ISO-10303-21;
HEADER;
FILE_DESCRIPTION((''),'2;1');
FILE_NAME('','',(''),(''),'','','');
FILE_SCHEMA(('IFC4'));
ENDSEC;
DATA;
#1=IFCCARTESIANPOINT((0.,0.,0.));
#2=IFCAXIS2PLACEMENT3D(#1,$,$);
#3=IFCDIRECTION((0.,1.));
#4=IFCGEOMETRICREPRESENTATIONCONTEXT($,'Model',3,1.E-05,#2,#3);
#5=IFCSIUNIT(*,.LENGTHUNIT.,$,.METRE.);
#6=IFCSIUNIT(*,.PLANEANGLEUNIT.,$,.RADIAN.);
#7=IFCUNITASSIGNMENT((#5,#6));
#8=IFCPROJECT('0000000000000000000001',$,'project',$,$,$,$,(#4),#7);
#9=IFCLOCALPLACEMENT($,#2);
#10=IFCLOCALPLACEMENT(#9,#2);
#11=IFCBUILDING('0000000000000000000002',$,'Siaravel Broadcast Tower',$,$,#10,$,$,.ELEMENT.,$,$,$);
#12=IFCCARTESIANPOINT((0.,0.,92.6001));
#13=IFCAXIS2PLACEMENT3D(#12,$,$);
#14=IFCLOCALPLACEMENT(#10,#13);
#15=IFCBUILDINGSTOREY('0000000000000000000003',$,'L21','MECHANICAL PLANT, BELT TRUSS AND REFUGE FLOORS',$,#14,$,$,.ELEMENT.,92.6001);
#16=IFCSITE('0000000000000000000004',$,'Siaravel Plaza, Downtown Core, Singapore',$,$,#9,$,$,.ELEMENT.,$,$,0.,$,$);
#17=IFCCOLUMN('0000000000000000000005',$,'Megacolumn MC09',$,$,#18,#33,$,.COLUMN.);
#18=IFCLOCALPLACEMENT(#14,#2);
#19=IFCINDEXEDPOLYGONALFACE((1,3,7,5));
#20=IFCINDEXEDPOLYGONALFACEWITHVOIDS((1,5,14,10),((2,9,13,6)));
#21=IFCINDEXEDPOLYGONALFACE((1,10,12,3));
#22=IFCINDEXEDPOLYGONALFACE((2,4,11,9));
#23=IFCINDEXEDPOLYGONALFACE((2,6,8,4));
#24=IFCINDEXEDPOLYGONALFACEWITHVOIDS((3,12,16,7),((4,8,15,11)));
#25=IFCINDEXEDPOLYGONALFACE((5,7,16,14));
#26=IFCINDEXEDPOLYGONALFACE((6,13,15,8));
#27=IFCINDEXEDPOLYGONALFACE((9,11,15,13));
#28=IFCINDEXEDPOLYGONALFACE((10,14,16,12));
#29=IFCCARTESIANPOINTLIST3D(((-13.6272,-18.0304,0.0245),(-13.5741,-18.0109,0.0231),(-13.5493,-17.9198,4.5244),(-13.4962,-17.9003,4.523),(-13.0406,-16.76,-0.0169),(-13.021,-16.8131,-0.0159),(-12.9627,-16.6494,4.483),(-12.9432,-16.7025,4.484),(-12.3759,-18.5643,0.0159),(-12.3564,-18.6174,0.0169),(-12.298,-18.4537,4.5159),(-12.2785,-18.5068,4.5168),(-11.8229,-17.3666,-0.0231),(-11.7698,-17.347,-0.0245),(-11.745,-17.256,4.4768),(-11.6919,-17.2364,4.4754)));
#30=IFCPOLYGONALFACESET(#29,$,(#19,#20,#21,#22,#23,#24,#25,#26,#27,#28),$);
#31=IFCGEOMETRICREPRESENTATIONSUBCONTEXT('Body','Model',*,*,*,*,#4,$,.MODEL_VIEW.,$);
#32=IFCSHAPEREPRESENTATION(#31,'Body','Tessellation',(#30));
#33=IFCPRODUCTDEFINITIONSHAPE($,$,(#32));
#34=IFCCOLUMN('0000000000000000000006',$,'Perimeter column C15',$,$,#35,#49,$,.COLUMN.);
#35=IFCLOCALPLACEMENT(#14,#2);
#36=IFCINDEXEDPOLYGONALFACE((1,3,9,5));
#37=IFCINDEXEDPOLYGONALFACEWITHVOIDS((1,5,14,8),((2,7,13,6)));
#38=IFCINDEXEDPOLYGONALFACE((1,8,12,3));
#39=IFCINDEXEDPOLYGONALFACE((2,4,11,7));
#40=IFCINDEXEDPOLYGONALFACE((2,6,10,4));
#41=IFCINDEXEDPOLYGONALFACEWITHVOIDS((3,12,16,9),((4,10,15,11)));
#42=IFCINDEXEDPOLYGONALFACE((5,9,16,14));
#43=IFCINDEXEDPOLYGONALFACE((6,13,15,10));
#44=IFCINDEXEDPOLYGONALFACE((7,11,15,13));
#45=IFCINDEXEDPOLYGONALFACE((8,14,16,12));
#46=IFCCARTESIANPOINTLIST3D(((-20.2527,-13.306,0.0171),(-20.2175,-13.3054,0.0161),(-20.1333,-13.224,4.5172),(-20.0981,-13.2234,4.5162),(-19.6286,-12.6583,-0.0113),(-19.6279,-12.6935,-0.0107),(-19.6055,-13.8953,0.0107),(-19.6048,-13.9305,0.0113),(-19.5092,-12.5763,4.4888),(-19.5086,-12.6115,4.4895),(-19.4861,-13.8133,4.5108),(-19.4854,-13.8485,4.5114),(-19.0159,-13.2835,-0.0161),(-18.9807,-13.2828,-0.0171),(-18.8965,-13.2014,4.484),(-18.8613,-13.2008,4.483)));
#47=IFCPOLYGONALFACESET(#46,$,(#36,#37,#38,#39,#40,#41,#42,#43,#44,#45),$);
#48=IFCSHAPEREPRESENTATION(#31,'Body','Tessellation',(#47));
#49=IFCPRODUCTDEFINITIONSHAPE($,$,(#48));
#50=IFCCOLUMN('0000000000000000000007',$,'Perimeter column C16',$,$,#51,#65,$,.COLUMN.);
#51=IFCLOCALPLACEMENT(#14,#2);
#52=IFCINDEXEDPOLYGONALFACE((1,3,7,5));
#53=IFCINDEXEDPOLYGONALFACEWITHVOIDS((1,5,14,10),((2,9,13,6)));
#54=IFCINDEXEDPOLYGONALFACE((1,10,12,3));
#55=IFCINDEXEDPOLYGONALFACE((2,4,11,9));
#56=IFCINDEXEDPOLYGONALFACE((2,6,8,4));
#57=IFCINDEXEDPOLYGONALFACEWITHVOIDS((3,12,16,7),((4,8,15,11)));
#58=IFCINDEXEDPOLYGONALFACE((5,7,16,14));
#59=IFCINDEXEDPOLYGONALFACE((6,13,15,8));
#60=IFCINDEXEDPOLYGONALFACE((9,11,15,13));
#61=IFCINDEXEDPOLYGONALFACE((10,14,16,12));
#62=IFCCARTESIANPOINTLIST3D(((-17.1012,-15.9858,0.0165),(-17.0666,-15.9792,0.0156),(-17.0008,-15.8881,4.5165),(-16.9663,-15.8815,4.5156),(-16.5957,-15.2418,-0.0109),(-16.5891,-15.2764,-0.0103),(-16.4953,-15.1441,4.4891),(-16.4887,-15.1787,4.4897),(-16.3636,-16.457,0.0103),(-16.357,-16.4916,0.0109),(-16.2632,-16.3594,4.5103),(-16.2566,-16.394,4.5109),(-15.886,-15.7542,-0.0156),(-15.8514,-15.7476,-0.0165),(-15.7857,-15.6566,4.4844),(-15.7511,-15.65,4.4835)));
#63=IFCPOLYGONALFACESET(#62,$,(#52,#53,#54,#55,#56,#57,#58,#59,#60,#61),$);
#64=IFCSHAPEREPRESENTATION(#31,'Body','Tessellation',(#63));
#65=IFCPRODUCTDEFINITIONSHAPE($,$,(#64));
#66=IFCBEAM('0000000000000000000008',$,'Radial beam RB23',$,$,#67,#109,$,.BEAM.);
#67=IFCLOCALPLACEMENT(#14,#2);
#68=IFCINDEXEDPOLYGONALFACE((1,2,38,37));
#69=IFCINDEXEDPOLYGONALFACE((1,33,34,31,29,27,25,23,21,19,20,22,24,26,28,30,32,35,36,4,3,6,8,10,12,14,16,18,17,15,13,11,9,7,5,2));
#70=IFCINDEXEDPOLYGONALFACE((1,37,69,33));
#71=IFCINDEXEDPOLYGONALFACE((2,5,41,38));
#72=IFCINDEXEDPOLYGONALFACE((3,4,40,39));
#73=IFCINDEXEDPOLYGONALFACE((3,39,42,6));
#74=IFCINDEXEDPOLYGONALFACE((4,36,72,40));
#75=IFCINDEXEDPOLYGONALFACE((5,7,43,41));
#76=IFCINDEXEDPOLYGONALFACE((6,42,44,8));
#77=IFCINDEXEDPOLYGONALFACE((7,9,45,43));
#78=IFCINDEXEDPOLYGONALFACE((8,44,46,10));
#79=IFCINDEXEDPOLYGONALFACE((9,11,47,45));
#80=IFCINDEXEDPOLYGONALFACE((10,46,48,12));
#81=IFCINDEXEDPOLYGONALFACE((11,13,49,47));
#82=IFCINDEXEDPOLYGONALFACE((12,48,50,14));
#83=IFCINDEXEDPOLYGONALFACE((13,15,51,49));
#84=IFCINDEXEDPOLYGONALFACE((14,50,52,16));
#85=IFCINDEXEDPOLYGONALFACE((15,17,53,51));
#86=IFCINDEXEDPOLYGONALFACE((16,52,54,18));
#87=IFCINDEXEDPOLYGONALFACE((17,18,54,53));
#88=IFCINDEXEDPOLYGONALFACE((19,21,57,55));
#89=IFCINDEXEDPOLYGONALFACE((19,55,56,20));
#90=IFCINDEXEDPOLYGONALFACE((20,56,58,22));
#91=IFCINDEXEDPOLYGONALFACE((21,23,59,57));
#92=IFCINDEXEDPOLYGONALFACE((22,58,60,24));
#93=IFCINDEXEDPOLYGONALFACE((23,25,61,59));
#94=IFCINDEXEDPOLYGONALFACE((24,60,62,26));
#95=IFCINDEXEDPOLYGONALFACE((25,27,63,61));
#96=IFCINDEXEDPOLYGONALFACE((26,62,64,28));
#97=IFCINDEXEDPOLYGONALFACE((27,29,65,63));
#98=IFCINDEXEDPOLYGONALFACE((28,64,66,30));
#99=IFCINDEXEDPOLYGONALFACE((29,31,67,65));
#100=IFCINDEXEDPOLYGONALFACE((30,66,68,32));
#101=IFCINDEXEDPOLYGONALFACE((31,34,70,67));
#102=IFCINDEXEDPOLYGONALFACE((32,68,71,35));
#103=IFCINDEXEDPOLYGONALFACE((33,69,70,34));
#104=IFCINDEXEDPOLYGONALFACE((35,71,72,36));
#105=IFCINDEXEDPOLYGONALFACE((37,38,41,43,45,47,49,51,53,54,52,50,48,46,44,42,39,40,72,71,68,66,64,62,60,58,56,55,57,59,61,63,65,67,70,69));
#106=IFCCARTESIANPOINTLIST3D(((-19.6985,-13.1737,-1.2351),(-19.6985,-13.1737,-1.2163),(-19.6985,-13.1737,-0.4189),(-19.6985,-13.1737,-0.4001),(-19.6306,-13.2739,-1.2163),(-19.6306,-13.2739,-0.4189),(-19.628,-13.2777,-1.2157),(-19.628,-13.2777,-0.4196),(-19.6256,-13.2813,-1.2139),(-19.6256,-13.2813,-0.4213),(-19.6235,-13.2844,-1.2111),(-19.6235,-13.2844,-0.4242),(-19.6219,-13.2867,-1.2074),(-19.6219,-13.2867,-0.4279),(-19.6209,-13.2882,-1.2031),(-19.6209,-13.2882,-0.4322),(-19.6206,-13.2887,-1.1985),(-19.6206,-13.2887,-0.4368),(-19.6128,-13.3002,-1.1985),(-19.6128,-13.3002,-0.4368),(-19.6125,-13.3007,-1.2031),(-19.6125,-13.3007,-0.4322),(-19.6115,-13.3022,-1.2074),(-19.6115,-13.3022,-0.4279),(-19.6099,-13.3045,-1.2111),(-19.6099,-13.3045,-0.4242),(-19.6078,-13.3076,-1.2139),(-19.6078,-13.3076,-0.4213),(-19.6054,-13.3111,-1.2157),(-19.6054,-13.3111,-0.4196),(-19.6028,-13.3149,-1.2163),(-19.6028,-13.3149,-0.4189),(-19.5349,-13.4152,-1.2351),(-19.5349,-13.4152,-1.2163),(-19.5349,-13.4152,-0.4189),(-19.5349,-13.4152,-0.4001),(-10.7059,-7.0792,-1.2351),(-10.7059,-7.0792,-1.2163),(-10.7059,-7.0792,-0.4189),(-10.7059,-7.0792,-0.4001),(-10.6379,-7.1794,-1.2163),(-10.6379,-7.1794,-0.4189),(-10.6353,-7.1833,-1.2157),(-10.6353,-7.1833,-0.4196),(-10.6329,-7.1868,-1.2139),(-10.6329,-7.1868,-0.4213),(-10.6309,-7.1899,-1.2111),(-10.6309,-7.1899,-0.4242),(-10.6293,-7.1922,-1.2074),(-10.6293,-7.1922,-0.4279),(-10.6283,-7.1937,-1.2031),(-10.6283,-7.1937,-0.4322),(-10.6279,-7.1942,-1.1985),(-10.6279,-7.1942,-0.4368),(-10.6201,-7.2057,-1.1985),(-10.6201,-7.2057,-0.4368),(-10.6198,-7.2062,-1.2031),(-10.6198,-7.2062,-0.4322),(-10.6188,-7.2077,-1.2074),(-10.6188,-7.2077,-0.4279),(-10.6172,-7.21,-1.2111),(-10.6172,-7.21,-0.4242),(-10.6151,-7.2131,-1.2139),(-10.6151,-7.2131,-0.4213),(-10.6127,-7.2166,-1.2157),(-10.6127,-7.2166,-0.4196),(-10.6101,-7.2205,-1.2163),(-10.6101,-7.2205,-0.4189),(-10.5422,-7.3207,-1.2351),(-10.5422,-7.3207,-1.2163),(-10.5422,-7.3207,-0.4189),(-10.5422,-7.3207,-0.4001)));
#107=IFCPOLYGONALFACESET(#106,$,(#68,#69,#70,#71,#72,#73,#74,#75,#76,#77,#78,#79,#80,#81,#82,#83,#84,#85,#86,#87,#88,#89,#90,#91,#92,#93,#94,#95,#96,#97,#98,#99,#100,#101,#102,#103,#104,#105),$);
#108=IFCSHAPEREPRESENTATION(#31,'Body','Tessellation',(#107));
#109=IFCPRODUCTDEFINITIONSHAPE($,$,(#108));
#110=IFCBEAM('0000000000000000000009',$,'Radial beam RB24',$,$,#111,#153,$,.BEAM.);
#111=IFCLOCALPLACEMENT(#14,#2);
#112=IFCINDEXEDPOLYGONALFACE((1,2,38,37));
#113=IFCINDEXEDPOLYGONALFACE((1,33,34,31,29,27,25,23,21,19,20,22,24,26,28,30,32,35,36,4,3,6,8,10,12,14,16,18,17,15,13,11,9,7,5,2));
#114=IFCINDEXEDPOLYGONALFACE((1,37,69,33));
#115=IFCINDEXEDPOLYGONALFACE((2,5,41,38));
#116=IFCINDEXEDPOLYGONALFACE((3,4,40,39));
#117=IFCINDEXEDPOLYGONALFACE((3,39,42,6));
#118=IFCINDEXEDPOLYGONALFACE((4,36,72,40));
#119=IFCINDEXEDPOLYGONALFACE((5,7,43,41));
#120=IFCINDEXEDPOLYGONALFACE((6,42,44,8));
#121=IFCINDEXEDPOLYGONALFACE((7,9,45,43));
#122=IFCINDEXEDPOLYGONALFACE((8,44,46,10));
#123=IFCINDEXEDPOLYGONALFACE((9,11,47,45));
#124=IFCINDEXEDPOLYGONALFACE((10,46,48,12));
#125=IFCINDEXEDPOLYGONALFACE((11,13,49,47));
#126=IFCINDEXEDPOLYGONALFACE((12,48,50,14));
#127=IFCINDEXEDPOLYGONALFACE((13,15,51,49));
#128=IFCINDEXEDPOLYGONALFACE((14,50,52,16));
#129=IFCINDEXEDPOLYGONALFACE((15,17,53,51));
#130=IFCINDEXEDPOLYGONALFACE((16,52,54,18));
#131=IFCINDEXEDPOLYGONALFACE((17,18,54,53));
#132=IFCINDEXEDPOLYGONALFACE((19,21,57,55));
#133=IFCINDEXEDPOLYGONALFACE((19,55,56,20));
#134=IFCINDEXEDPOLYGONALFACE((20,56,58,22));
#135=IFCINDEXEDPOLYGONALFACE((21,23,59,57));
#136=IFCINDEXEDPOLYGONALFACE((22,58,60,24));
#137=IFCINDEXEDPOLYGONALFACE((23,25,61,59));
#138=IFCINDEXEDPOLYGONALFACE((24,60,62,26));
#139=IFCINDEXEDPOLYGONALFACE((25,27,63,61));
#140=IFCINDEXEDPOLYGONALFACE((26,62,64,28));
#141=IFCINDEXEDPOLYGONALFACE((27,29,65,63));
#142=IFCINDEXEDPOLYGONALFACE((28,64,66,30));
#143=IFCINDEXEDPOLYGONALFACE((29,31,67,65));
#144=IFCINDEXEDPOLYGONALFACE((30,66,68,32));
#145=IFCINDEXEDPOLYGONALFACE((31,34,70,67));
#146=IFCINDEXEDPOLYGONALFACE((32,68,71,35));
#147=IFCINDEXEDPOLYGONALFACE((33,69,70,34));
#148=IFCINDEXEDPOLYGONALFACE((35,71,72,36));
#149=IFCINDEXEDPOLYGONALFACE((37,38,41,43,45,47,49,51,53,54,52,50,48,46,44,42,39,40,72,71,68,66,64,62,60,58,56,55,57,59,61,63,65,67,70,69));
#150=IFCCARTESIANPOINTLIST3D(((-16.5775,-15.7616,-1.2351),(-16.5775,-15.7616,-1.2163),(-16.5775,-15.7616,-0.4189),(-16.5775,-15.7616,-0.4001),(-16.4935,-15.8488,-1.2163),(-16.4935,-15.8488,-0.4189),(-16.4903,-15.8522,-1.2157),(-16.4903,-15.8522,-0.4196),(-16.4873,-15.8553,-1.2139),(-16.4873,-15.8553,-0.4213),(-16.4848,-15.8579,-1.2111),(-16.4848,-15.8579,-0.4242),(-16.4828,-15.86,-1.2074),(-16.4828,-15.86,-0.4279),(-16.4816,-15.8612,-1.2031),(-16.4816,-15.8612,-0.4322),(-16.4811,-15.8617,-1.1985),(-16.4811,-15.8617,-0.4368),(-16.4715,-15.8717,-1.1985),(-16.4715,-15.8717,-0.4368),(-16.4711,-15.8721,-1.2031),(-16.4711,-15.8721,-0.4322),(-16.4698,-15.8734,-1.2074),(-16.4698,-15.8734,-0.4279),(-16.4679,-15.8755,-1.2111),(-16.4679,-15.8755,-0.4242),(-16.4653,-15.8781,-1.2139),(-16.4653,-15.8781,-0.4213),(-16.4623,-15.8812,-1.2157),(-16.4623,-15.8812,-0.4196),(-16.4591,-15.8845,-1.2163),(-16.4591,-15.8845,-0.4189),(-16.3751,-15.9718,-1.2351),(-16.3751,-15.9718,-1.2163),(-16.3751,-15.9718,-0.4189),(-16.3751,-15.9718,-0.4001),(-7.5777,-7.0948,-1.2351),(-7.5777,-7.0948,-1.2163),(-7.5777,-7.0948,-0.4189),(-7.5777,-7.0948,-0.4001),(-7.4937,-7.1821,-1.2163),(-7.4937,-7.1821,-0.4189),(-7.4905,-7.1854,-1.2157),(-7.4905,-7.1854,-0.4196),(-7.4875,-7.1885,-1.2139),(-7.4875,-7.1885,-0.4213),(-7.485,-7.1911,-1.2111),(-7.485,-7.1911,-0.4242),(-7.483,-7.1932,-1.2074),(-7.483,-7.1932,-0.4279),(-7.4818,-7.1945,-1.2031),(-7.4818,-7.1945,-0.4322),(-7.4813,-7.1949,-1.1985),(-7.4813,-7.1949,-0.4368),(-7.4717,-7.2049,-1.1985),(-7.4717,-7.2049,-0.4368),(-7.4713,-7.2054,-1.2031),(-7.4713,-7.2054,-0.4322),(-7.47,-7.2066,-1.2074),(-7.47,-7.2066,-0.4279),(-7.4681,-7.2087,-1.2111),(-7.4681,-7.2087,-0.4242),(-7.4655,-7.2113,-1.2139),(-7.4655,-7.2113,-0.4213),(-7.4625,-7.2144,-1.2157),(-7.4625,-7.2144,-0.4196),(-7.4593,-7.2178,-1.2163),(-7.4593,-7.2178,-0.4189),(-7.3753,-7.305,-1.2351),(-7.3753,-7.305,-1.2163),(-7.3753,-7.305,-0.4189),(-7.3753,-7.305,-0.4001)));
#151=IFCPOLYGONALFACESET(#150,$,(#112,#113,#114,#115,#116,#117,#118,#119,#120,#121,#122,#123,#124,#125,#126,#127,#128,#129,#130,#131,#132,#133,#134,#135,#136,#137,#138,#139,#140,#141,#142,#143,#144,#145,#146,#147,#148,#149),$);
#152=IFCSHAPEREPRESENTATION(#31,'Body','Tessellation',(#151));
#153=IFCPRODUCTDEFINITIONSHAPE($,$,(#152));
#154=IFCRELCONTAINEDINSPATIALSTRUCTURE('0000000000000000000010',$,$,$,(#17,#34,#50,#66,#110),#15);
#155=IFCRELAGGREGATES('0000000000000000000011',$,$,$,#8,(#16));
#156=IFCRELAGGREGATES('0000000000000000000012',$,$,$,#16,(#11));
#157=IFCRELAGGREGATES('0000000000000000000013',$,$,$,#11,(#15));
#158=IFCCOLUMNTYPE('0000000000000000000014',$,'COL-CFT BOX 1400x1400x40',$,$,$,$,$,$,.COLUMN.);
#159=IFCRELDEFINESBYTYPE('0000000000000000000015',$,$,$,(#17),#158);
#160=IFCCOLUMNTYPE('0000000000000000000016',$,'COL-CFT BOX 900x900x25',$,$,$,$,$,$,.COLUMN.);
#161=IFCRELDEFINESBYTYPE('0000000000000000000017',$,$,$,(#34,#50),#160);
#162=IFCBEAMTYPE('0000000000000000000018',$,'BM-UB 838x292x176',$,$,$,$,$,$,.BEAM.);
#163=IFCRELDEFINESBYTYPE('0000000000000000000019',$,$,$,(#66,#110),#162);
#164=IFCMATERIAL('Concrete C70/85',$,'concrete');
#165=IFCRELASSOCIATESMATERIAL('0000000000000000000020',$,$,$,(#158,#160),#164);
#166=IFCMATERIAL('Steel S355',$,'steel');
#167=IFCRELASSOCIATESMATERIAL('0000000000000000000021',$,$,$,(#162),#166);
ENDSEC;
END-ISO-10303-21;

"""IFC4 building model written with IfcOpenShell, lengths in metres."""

from ifc_helpers import new_model, si_unit, direction, frame, origin, origin_2d, place, context, subcontext, project, spatial, hollow_rectangle, i_section, extrude, material, material_profile, profile_set, type_object, element, save


model = new_model("IFC4")

# Units and contexts
model_context = context("Model", 3, precision=1e-05, world=origin(), true_north=direction((0.0, 1.0)))
body_context = subcontext(model_context, "Body", "Model", "MODEL_VIEW")
ifc_project = project(units=[si_unit("LENGTHUNIT", "METRE"), si_unit("PLANEANGLEUNIT", "RADIAN")], contexts=[model_context])

# Site, building, storey
site_placement = place(None, origin())
site = spatial("IfcSite", under=ifc_project, at=site_placement, Name="Siaravel Plaza, Downtown Core, Singapore", CompositionType="ELEMENT", RefElevation=0.0)
building_placement = place(site_placement, origin())
building = spatial("IfcBuilding", under=site, at=building_placement, Name="Siaravel Broadcast Tower", CompositionType="ELEMENT")
storey_placement = place(building_placement, frame((0.0, 0.0, 92.6001)))
storey = spatial("IfcBuildingStorey", under=building, at=storey_placement, Name="L21", Description="MECHANICAL PLANT, BELT TRUSS AND REFUGE FLOORS", CompositionType="ELEMENT", Elevation=92.6001)

# Columns
ifc_material_1 = material(Name="Concrete C70/85", Category="concrete")
ifc_material_profile_1 = material_profile(ifc_material_1, hollow_rectangle(XDim=1.3999, YDim=1.3999, WallThickness=0.04, at=origin_2d()))
ifc_profile_set_1 = profile_set([ifc_material_profile_1], Name="Concrete C70/85")
column_type_1 = type_object("IfcColumnType", Name="COL-CFT BOX 1400x1400x40", PredefinedType="COLUMN", material=ifc_profile_set_1)
column_1_placement = place(storey_placement, frame((-12.6985, -17.6887, 0.0), z_axis=(0.017299, 0.024566, 0.999549), x_axis=(-0.907811, 0.419344, 0.005405)))
element("IfcColumn", 1, at=column_1_placement, inside=storey, type_object=column_type_1, Name="Megacolumn MC09", PredefinedType="COLUMN", context=body_context, shape_type="SweptSolid", body=[
    extrude(hollow_rectangle(XDim=1.3999, YDim=1.3999, WallThickness=0.04, at=origin_2d()), origin(), (0.0, 0.0, 1.0), 4.502),
])
ifc_material_profile_2 = material_profile(ifc_material_1, hollow_rectangle(XDim=0.8999, YDim=0.8999, WallThickness=0.0249, at=origin_2d()))
ifc_profile_set_2 = profile_set([ifc_material_profile_2], Name="Concrete C70/85")
column_type_2 = type_object("IfcColumnType", Name="COL-CFT BOX 900x900x25", PredefinedType="COLUMN", material=ifc_profile_set_2)
column_2_placement = place(storey_placement, frame((-19.6167, -13.2944, 0.0), z_axis=(0.026516, 0.01822, 0.999482), x_axis=(-0.719964, 0.693981, 0.00645)))
element("IfcColumn", 2, at=column_2_placement, inside=storey, type_object=column_type_2, Name="Perimeter column C15", PredefinedType="COLUMN", context=body_context, shape_type="SweptSolid", body=[
    extrude(hollow_rectangle(XDim=0.8999, YDim=0.8999, WallThickness=0.0249, at=origin_2d()), origin(), (0.0, 0.0, 1.0), 4.5024),
])
column_3_placement = place(storey_placement, frame((-16.4763, -15.8667, 0.0), z_axis=(0.022287, 0.021691, 0.999516), x_axis=(-0.82702, 0.562138, 0.006242)))
element("IfcColumn", 3, at=column_3_placement, inside=storey, type_object=column_type_2, Name="Perimeter column C16", PredefinedType="COLUMN", context=body_context, shape_type="SweptSolid", body=[
    extrude(hollow_rectangle(XDim=0.8999, YDim=0.8999, WallThickness=0.0249, at=origin_2d()), origin(), (0.0, 0.0, 1.0), 4.5022),
])

# Beams
ifc_material_2 = material(Name="Steel S355", Category="steel")
ifc_material_profile_3 = material_profile(ifc_material_2, i_section(OverallWidth=0.2917, OverallDepth=0.835, WebThickness=0.0139, FlangeThickness=0.0188, FilletRadius=0.0178, at=origin_2d()))
ifc_profile_set_3 = profile_set([ifc_material_profile_3], Name="Steel S355")
beam_type_1 = type_object("IfcBeamType", Name="BM-UB 838x292x176", PredefinedType="BEAM", material=ifc_profile_set_3)
beam_1_placement = place(storey_placement, frame((-19.6167, -13.2944, -0.8176), z_axis=(0.827805, 0.561017, 0.0), x_axis=(-0.561017, 0.827805, 0.0)))
element("IfcBeam", 4, at=beam_1_placement, inside=storey, type_object=beam_type_1, Name="Radial beam RB23", PredefinedType="BEAM", context=body_context, shape_type="SweptSolid", body=[
    extrude(i_section(OverallWidth=0.2917, OverallDepth=0.835, WebThickness=0.0139, FlangeThickness=0.0188, FilletRadius=0.0178, at=origin_2d()), origin(), (0.0, 0.0, 1.0), 10.8633),
])
beam_2_placement = place(storey_placement, frame((-16.4763, -15.8667, -0.8176), z_axis=(0.720308, 0.693655, 0.0), x_axis=(-0.693655, 0.720308, 0.0)))
element("IfcBeam", 5, at=beam_2_placement, inside=storey, type_object=beam_type_1, Name="Radial beam RB24", PredefinedType="BEAM", context=body_context, shape_type="SweptSolid", body=[
    extrude(i_section(OverallWidth=0.2917, OverallDepth=0.835, WebThickness=0.0139, FlangeThickness=0.0188, FilletRadius=0.0178, at=origin_2d()), origin(), (0.0, 0.0, 1.0), 12.4944),
])

save(model, "model.ifc")
